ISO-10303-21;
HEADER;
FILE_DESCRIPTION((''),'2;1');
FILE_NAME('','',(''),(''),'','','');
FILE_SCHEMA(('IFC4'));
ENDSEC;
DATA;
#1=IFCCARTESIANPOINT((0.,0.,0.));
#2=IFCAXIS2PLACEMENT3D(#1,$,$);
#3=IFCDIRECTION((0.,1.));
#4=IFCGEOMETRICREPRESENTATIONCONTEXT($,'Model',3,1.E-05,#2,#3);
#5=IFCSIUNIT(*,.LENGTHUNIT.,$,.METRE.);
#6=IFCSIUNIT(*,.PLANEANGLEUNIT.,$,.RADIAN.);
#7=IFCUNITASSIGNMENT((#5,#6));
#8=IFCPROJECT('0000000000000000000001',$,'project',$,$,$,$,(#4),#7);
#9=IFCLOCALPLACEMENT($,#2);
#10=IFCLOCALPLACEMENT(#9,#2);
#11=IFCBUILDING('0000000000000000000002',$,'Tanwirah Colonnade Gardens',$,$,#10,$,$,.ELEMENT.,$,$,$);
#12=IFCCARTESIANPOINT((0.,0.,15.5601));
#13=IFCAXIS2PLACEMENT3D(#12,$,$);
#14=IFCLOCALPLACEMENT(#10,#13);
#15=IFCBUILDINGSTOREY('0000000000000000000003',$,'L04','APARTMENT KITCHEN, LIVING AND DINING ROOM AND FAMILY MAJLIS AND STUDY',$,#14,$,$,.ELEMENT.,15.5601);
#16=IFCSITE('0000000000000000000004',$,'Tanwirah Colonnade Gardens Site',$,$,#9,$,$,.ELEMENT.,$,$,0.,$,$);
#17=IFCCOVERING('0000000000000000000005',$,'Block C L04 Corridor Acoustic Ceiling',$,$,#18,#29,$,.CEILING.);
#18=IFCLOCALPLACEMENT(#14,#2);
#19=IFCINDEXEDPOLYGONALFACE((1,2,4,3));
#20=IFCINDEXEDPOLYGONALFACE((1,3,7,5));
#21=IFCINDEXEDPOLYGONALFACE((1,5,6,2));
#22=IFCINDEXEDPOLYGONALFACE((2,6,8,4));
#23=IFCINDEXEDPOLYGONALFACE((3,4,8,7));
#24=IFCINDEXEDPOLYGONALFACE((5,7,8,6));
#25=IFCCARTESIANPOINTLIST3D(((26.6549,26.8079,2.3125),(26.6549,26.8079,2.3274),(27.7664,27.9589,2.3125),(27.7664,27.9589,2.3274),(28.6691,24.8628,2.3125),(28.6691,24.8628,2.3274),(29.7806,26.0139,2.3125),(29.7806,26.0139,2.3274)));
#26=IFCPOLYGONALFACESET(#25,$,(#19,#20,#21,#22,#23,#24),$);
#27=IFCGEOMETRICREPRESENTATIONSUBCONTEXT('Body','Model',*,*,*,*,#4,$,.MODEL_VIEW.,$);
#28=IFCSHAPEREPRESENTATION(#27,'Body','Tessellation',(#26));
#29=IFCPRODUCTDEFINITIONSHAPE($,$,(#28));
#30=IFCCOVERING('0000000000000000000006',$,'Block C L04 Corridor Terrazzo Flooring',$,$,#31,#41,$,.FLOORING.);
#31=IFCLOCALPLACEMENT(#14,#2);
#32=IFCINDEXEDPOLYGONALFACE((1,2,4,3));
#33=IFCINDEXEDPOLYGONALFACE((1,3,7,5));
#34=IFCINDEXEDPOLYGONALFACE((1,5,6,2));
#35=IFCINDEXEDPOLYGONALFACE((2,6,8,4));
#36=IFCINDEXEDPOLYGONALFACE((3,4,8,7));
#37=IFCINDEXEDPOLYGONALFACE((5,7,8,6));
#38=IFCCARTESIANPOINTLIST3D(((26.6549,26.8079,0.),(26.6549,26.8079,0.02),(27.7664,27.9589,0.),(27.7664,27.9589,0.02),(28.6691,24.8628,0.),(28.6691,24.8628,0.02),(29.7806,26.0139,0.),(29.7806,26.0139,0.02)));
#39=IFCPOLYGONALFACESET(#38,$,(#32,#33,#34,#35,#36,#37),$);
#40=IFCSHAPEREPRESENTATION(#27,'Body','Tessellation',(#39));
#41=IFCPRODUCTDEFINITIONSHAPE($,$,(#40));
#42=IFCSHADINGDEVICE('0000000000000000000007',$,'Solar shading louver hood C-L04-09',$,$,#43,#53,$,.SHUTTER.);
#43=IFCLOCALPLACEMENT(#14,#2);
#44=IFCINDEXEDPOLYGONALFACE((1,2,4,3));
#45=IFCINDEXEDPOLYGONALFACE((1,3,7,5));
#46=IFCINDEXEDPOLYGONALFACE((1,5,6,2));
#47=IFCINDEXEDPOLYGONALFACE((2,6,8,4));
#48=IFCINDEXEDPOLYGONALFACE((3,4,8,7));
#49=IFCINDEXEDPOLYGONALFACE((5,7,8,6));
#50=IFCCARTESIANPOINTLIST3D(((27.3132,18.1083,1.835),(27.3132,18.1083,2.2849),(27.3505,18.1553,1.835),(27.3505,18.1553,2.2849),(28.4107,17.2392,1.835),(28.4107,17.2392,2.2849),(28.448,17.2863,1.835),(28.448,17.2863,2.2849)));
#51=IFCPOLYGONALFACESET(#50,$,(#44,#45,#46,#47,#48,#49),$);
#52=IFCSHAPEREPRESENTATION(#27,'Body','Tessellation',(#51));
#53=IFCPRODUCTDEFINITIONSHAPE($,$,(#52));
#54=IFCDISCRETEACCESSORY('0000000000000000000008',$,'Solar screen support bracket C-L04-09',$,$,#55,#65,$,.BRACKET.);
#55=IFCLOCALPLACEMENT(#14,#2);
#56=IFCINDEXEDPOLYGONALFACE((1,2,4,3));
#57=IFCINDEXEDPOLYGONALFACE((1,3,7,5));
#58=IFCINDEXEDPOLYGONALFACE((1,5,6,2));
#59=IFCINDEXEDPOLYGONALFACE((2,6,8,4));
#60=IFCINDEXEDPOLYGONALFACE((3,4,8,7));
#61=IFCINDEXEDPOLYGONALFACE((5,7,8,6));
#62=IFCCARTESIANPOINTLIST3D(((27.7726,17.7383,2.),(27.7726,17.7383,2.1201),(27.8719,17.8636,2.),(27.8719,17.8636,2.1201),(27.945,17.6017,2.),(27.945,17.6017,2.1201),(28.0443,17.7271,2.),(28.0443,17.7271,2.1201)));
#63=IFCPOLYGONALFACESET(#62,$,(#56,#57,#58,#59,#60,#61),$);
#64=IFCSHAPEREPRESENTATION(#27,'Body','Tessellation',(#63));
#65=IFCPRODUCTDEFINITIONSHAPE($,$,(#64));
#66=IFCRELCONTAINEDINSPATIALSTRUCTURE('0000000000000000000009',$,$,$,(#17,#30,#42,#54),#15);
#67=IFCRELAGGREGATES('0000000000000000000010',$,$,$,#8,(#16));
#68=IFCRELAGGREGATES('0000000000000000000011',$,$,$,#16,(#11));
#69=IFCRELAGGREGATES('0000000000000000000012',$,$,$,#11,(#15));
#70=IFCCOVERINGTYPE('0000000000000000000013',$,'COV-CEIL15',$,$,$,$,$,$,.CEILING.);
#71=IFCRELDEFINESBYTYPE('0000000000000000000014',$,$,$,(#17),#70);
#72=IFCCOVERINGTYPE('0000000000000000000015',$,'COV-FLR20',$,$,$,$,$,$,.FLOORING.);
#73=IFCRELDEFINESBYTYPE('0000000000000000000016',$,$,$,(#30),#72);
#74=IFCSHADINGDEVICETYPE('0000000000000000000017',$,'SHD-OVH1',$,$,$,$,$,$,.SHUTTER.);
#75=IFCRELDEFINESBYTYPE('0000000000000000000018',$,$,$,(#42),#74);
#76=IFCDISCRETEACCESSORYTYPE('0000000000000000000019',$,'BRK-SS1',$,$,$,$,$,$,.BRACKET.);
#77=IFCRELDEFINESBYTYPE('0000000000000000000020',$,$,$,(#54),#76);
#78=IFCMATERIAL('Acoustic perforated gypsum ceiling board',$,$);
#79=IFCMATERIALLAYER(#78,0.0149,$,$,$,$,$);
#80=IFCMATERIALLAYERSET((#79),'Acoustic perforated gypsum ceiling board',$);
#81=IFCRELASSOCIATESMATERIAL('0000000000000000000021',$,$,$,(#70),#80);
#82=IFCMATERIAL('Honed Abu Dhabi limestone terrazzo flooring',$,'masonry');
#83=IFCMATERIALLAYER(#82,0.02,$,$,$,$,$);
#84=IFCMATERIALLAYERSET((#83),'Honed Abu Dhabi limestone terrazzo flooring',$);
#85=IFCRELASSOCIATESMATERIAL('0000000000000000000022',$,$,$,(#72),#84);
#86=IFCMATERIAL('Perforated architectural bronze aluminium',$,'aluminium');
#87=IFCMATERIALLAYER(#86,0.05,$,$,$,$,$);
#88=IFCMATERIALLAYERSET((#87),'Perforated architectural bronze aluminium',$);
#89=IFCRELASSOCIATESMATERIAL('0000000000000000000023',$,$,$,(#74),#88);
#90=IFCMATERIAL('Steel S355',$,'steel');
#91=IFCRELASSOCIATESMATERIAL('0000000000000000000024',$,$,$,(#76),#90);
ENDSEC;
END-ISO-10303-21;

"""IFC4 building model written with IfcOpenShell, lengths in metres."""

from ifc_helpers import new_model, si_unit, direction, frame, origin, origin_2d, place, context, subcontext, project, spatial, rectangle, extrude, material, layer, layer_set, type_object, element, save


model = new_model("IFC4")

# Units and contexts
model_context = context("Model", 3, precision=1e-05, world=origin(), true_north=direction((0.0, 1.0)))
body_context = subcontext(model_context, "Body", "Model", "MODEL_VIEW")
ifc_project = project(units=[si_unit("LENGTHUNIT", "METRE"), si_unit("PLANEANGLEUNIT", "RADIAN")], contexts=[model_context])

# Site, building, storey
site_placement = place(None, origin())
site = spatial("IfcSite", under=ifc_project, at=site_placement, Name="Tanwirah Colonnade Gardens Site", CompositionType="ELEMENT", RefElevation=0.0)
building_placement = place(site_placement, origin())
building = spatial("IfcBuilding", under=site, at=building_placement, Name="Tanwirah Colonnade Gardens", CompositionType="ELEMENT")
storey_placement = place(building_placement, frame((0.0, 0.0, 15.5601)))
storey = spatial("IfcBuildingStorey", under=building, at=storey_placement, Name="L04", Description="APARTMENT KITCHEN, LIVING AND DINING ROOM AND FAMILY MAJLIS AND STUDY", CompositionType="ELEMENT", Elevation=15.5601)

# Coverings
ifc_material_1 = material(Name="Acoustic perforated gypsum ceiling board")
ifc_layer_1 = layer(ifc_material_1, 0.0149)
ifc_layer_set_1 = layer_set([ifc_layer_1], Name="Acoustic perforated gypsum ceiling board")
covering_type_1 = type_object("IfcCoveringType", Name="COV-CEIL15", PredefinedType="CEILING", material=ifc_layer_set_1)
covering_1_placement = place(storey_placement, frame((28.2178, 26.4109, 2.3125), z_axis=(0.0, 0.0, 1.0), x_axis=(0.71934, -0.694658, 0.0)))
element("IfcCovering", 1, at=covering_1_placement, inside=storey, type_object=covering_type_1, Name="Block C L04 Corridor Acoustic Ceiling", PredefinedType="CEILING", context=body_context, shape_type="SweptSolid", body=[
    extrude(rectangle(XDim=2.8, YDim=1.6001, at=origin_2d()), origin(), (0.0, 0.0, 1.0), 0.0149),
])
ifc_material_2 = material(Name="Honed Abu Dhabi limestone terrazzo flooring", Category="masonry")
ifc_layer_2 = layer(ifc_material_2, 0.02)
ifc_layer_set_2 = layer_set([ifc_layer_2], Name="Honed Abu Dhabi limestone terrazzo flooring")
covering_type_2 = type_object("IfcCoveringType", Name="COV-FLR20", PredefinedType="FLOORING", material=ifc_layer_set_2)
covering_2_placement = place(storey_placement, frame((28.2178, 26.4109, 0.0), z_axis=(0.0, 0.0, 1.0), x_axis=(0.71934, -0.694658, 0.0)))
element("IfcCovering", 2, at=covering_2_placement, inside=storey, type_object=covering_type_2, Name="Block C L04 Corridor Terrazzo Flooring", PredefinedType="FLOORING", context=body_context, shape_type="SweptSolid", body=[
    extrude(rectangle(XDim=2.8, YDim=1.6001, at=origin_2d()), origin(), (0.0, 0.0, 1.0), 0.02),
])

# Shading device
ifc_material_3 = material(Name="Perforated architectural bronze aluminium", Category="aluminium")
ifc_layer_3 = layer(ifc_material_3, 0.05)
ifc_layer_set_3 = layer_set([ifc_layer_3], Name="Perforated architectural bronze aluminium")
shading_device_type = type_object("IfcShadingDeviceType", Name="SHD-OVH1", PredefinedType="SHUTTER", material=ifc_layer_set_3)
shading_device_placement = place(storey_placement, frame((27.8806, 17.6973, 1.835), z_axis=(0.0, 0.0, 1.0), x_axis=(0.783965, -0.620805, 0.0)))
element("IfcShadingDevice", 3, at=shading_device_placement, inside=storey, type_object=shading_device_type, Name="Solar shading louver hood C-L04-09", PredefinedType="SHUTTER", context=body_context, shape_type="SweptSolid", body=[
    extrude(rectangle(XDim=1.3999, YDim=0.0601, at=origin_2d()), origin(), (0.0, 0.0, 1.0), 0.45),
])

# Discrete accessory
ifc_material_4 = material(Name="Steel S355", Category="steel")
discrete_accessory_type = type_object("IfcDiscreteAccessoryType", Name="BRK-SS1", PredefinedType="BRACKET", material=ifc_material_4)
discrete_accessory_placement = place(storey_placement, frame((27.9084, 17.7327, 2.0), z_axis=(0.0, 0.0, 1.0), x_axis=(0.783965, -0.620805, 0.0)))
element("IfcDiscreteAccessory", 4, at=discrete_accessory_placement, inside=storey, type_object=discrete_accessory_type, Name="Solar screen support bracket C-L04-09", PredefinedType="BRACKET", context=body_context, shape_type="SweptSolid", body=[
    extrude(rectangle(XDim=0.22, YDim=0.1599, at=origin_2d()), origin(), (0.0, 0.0, 1.0), 0.1201),
])

save(model, "model.ifc")
